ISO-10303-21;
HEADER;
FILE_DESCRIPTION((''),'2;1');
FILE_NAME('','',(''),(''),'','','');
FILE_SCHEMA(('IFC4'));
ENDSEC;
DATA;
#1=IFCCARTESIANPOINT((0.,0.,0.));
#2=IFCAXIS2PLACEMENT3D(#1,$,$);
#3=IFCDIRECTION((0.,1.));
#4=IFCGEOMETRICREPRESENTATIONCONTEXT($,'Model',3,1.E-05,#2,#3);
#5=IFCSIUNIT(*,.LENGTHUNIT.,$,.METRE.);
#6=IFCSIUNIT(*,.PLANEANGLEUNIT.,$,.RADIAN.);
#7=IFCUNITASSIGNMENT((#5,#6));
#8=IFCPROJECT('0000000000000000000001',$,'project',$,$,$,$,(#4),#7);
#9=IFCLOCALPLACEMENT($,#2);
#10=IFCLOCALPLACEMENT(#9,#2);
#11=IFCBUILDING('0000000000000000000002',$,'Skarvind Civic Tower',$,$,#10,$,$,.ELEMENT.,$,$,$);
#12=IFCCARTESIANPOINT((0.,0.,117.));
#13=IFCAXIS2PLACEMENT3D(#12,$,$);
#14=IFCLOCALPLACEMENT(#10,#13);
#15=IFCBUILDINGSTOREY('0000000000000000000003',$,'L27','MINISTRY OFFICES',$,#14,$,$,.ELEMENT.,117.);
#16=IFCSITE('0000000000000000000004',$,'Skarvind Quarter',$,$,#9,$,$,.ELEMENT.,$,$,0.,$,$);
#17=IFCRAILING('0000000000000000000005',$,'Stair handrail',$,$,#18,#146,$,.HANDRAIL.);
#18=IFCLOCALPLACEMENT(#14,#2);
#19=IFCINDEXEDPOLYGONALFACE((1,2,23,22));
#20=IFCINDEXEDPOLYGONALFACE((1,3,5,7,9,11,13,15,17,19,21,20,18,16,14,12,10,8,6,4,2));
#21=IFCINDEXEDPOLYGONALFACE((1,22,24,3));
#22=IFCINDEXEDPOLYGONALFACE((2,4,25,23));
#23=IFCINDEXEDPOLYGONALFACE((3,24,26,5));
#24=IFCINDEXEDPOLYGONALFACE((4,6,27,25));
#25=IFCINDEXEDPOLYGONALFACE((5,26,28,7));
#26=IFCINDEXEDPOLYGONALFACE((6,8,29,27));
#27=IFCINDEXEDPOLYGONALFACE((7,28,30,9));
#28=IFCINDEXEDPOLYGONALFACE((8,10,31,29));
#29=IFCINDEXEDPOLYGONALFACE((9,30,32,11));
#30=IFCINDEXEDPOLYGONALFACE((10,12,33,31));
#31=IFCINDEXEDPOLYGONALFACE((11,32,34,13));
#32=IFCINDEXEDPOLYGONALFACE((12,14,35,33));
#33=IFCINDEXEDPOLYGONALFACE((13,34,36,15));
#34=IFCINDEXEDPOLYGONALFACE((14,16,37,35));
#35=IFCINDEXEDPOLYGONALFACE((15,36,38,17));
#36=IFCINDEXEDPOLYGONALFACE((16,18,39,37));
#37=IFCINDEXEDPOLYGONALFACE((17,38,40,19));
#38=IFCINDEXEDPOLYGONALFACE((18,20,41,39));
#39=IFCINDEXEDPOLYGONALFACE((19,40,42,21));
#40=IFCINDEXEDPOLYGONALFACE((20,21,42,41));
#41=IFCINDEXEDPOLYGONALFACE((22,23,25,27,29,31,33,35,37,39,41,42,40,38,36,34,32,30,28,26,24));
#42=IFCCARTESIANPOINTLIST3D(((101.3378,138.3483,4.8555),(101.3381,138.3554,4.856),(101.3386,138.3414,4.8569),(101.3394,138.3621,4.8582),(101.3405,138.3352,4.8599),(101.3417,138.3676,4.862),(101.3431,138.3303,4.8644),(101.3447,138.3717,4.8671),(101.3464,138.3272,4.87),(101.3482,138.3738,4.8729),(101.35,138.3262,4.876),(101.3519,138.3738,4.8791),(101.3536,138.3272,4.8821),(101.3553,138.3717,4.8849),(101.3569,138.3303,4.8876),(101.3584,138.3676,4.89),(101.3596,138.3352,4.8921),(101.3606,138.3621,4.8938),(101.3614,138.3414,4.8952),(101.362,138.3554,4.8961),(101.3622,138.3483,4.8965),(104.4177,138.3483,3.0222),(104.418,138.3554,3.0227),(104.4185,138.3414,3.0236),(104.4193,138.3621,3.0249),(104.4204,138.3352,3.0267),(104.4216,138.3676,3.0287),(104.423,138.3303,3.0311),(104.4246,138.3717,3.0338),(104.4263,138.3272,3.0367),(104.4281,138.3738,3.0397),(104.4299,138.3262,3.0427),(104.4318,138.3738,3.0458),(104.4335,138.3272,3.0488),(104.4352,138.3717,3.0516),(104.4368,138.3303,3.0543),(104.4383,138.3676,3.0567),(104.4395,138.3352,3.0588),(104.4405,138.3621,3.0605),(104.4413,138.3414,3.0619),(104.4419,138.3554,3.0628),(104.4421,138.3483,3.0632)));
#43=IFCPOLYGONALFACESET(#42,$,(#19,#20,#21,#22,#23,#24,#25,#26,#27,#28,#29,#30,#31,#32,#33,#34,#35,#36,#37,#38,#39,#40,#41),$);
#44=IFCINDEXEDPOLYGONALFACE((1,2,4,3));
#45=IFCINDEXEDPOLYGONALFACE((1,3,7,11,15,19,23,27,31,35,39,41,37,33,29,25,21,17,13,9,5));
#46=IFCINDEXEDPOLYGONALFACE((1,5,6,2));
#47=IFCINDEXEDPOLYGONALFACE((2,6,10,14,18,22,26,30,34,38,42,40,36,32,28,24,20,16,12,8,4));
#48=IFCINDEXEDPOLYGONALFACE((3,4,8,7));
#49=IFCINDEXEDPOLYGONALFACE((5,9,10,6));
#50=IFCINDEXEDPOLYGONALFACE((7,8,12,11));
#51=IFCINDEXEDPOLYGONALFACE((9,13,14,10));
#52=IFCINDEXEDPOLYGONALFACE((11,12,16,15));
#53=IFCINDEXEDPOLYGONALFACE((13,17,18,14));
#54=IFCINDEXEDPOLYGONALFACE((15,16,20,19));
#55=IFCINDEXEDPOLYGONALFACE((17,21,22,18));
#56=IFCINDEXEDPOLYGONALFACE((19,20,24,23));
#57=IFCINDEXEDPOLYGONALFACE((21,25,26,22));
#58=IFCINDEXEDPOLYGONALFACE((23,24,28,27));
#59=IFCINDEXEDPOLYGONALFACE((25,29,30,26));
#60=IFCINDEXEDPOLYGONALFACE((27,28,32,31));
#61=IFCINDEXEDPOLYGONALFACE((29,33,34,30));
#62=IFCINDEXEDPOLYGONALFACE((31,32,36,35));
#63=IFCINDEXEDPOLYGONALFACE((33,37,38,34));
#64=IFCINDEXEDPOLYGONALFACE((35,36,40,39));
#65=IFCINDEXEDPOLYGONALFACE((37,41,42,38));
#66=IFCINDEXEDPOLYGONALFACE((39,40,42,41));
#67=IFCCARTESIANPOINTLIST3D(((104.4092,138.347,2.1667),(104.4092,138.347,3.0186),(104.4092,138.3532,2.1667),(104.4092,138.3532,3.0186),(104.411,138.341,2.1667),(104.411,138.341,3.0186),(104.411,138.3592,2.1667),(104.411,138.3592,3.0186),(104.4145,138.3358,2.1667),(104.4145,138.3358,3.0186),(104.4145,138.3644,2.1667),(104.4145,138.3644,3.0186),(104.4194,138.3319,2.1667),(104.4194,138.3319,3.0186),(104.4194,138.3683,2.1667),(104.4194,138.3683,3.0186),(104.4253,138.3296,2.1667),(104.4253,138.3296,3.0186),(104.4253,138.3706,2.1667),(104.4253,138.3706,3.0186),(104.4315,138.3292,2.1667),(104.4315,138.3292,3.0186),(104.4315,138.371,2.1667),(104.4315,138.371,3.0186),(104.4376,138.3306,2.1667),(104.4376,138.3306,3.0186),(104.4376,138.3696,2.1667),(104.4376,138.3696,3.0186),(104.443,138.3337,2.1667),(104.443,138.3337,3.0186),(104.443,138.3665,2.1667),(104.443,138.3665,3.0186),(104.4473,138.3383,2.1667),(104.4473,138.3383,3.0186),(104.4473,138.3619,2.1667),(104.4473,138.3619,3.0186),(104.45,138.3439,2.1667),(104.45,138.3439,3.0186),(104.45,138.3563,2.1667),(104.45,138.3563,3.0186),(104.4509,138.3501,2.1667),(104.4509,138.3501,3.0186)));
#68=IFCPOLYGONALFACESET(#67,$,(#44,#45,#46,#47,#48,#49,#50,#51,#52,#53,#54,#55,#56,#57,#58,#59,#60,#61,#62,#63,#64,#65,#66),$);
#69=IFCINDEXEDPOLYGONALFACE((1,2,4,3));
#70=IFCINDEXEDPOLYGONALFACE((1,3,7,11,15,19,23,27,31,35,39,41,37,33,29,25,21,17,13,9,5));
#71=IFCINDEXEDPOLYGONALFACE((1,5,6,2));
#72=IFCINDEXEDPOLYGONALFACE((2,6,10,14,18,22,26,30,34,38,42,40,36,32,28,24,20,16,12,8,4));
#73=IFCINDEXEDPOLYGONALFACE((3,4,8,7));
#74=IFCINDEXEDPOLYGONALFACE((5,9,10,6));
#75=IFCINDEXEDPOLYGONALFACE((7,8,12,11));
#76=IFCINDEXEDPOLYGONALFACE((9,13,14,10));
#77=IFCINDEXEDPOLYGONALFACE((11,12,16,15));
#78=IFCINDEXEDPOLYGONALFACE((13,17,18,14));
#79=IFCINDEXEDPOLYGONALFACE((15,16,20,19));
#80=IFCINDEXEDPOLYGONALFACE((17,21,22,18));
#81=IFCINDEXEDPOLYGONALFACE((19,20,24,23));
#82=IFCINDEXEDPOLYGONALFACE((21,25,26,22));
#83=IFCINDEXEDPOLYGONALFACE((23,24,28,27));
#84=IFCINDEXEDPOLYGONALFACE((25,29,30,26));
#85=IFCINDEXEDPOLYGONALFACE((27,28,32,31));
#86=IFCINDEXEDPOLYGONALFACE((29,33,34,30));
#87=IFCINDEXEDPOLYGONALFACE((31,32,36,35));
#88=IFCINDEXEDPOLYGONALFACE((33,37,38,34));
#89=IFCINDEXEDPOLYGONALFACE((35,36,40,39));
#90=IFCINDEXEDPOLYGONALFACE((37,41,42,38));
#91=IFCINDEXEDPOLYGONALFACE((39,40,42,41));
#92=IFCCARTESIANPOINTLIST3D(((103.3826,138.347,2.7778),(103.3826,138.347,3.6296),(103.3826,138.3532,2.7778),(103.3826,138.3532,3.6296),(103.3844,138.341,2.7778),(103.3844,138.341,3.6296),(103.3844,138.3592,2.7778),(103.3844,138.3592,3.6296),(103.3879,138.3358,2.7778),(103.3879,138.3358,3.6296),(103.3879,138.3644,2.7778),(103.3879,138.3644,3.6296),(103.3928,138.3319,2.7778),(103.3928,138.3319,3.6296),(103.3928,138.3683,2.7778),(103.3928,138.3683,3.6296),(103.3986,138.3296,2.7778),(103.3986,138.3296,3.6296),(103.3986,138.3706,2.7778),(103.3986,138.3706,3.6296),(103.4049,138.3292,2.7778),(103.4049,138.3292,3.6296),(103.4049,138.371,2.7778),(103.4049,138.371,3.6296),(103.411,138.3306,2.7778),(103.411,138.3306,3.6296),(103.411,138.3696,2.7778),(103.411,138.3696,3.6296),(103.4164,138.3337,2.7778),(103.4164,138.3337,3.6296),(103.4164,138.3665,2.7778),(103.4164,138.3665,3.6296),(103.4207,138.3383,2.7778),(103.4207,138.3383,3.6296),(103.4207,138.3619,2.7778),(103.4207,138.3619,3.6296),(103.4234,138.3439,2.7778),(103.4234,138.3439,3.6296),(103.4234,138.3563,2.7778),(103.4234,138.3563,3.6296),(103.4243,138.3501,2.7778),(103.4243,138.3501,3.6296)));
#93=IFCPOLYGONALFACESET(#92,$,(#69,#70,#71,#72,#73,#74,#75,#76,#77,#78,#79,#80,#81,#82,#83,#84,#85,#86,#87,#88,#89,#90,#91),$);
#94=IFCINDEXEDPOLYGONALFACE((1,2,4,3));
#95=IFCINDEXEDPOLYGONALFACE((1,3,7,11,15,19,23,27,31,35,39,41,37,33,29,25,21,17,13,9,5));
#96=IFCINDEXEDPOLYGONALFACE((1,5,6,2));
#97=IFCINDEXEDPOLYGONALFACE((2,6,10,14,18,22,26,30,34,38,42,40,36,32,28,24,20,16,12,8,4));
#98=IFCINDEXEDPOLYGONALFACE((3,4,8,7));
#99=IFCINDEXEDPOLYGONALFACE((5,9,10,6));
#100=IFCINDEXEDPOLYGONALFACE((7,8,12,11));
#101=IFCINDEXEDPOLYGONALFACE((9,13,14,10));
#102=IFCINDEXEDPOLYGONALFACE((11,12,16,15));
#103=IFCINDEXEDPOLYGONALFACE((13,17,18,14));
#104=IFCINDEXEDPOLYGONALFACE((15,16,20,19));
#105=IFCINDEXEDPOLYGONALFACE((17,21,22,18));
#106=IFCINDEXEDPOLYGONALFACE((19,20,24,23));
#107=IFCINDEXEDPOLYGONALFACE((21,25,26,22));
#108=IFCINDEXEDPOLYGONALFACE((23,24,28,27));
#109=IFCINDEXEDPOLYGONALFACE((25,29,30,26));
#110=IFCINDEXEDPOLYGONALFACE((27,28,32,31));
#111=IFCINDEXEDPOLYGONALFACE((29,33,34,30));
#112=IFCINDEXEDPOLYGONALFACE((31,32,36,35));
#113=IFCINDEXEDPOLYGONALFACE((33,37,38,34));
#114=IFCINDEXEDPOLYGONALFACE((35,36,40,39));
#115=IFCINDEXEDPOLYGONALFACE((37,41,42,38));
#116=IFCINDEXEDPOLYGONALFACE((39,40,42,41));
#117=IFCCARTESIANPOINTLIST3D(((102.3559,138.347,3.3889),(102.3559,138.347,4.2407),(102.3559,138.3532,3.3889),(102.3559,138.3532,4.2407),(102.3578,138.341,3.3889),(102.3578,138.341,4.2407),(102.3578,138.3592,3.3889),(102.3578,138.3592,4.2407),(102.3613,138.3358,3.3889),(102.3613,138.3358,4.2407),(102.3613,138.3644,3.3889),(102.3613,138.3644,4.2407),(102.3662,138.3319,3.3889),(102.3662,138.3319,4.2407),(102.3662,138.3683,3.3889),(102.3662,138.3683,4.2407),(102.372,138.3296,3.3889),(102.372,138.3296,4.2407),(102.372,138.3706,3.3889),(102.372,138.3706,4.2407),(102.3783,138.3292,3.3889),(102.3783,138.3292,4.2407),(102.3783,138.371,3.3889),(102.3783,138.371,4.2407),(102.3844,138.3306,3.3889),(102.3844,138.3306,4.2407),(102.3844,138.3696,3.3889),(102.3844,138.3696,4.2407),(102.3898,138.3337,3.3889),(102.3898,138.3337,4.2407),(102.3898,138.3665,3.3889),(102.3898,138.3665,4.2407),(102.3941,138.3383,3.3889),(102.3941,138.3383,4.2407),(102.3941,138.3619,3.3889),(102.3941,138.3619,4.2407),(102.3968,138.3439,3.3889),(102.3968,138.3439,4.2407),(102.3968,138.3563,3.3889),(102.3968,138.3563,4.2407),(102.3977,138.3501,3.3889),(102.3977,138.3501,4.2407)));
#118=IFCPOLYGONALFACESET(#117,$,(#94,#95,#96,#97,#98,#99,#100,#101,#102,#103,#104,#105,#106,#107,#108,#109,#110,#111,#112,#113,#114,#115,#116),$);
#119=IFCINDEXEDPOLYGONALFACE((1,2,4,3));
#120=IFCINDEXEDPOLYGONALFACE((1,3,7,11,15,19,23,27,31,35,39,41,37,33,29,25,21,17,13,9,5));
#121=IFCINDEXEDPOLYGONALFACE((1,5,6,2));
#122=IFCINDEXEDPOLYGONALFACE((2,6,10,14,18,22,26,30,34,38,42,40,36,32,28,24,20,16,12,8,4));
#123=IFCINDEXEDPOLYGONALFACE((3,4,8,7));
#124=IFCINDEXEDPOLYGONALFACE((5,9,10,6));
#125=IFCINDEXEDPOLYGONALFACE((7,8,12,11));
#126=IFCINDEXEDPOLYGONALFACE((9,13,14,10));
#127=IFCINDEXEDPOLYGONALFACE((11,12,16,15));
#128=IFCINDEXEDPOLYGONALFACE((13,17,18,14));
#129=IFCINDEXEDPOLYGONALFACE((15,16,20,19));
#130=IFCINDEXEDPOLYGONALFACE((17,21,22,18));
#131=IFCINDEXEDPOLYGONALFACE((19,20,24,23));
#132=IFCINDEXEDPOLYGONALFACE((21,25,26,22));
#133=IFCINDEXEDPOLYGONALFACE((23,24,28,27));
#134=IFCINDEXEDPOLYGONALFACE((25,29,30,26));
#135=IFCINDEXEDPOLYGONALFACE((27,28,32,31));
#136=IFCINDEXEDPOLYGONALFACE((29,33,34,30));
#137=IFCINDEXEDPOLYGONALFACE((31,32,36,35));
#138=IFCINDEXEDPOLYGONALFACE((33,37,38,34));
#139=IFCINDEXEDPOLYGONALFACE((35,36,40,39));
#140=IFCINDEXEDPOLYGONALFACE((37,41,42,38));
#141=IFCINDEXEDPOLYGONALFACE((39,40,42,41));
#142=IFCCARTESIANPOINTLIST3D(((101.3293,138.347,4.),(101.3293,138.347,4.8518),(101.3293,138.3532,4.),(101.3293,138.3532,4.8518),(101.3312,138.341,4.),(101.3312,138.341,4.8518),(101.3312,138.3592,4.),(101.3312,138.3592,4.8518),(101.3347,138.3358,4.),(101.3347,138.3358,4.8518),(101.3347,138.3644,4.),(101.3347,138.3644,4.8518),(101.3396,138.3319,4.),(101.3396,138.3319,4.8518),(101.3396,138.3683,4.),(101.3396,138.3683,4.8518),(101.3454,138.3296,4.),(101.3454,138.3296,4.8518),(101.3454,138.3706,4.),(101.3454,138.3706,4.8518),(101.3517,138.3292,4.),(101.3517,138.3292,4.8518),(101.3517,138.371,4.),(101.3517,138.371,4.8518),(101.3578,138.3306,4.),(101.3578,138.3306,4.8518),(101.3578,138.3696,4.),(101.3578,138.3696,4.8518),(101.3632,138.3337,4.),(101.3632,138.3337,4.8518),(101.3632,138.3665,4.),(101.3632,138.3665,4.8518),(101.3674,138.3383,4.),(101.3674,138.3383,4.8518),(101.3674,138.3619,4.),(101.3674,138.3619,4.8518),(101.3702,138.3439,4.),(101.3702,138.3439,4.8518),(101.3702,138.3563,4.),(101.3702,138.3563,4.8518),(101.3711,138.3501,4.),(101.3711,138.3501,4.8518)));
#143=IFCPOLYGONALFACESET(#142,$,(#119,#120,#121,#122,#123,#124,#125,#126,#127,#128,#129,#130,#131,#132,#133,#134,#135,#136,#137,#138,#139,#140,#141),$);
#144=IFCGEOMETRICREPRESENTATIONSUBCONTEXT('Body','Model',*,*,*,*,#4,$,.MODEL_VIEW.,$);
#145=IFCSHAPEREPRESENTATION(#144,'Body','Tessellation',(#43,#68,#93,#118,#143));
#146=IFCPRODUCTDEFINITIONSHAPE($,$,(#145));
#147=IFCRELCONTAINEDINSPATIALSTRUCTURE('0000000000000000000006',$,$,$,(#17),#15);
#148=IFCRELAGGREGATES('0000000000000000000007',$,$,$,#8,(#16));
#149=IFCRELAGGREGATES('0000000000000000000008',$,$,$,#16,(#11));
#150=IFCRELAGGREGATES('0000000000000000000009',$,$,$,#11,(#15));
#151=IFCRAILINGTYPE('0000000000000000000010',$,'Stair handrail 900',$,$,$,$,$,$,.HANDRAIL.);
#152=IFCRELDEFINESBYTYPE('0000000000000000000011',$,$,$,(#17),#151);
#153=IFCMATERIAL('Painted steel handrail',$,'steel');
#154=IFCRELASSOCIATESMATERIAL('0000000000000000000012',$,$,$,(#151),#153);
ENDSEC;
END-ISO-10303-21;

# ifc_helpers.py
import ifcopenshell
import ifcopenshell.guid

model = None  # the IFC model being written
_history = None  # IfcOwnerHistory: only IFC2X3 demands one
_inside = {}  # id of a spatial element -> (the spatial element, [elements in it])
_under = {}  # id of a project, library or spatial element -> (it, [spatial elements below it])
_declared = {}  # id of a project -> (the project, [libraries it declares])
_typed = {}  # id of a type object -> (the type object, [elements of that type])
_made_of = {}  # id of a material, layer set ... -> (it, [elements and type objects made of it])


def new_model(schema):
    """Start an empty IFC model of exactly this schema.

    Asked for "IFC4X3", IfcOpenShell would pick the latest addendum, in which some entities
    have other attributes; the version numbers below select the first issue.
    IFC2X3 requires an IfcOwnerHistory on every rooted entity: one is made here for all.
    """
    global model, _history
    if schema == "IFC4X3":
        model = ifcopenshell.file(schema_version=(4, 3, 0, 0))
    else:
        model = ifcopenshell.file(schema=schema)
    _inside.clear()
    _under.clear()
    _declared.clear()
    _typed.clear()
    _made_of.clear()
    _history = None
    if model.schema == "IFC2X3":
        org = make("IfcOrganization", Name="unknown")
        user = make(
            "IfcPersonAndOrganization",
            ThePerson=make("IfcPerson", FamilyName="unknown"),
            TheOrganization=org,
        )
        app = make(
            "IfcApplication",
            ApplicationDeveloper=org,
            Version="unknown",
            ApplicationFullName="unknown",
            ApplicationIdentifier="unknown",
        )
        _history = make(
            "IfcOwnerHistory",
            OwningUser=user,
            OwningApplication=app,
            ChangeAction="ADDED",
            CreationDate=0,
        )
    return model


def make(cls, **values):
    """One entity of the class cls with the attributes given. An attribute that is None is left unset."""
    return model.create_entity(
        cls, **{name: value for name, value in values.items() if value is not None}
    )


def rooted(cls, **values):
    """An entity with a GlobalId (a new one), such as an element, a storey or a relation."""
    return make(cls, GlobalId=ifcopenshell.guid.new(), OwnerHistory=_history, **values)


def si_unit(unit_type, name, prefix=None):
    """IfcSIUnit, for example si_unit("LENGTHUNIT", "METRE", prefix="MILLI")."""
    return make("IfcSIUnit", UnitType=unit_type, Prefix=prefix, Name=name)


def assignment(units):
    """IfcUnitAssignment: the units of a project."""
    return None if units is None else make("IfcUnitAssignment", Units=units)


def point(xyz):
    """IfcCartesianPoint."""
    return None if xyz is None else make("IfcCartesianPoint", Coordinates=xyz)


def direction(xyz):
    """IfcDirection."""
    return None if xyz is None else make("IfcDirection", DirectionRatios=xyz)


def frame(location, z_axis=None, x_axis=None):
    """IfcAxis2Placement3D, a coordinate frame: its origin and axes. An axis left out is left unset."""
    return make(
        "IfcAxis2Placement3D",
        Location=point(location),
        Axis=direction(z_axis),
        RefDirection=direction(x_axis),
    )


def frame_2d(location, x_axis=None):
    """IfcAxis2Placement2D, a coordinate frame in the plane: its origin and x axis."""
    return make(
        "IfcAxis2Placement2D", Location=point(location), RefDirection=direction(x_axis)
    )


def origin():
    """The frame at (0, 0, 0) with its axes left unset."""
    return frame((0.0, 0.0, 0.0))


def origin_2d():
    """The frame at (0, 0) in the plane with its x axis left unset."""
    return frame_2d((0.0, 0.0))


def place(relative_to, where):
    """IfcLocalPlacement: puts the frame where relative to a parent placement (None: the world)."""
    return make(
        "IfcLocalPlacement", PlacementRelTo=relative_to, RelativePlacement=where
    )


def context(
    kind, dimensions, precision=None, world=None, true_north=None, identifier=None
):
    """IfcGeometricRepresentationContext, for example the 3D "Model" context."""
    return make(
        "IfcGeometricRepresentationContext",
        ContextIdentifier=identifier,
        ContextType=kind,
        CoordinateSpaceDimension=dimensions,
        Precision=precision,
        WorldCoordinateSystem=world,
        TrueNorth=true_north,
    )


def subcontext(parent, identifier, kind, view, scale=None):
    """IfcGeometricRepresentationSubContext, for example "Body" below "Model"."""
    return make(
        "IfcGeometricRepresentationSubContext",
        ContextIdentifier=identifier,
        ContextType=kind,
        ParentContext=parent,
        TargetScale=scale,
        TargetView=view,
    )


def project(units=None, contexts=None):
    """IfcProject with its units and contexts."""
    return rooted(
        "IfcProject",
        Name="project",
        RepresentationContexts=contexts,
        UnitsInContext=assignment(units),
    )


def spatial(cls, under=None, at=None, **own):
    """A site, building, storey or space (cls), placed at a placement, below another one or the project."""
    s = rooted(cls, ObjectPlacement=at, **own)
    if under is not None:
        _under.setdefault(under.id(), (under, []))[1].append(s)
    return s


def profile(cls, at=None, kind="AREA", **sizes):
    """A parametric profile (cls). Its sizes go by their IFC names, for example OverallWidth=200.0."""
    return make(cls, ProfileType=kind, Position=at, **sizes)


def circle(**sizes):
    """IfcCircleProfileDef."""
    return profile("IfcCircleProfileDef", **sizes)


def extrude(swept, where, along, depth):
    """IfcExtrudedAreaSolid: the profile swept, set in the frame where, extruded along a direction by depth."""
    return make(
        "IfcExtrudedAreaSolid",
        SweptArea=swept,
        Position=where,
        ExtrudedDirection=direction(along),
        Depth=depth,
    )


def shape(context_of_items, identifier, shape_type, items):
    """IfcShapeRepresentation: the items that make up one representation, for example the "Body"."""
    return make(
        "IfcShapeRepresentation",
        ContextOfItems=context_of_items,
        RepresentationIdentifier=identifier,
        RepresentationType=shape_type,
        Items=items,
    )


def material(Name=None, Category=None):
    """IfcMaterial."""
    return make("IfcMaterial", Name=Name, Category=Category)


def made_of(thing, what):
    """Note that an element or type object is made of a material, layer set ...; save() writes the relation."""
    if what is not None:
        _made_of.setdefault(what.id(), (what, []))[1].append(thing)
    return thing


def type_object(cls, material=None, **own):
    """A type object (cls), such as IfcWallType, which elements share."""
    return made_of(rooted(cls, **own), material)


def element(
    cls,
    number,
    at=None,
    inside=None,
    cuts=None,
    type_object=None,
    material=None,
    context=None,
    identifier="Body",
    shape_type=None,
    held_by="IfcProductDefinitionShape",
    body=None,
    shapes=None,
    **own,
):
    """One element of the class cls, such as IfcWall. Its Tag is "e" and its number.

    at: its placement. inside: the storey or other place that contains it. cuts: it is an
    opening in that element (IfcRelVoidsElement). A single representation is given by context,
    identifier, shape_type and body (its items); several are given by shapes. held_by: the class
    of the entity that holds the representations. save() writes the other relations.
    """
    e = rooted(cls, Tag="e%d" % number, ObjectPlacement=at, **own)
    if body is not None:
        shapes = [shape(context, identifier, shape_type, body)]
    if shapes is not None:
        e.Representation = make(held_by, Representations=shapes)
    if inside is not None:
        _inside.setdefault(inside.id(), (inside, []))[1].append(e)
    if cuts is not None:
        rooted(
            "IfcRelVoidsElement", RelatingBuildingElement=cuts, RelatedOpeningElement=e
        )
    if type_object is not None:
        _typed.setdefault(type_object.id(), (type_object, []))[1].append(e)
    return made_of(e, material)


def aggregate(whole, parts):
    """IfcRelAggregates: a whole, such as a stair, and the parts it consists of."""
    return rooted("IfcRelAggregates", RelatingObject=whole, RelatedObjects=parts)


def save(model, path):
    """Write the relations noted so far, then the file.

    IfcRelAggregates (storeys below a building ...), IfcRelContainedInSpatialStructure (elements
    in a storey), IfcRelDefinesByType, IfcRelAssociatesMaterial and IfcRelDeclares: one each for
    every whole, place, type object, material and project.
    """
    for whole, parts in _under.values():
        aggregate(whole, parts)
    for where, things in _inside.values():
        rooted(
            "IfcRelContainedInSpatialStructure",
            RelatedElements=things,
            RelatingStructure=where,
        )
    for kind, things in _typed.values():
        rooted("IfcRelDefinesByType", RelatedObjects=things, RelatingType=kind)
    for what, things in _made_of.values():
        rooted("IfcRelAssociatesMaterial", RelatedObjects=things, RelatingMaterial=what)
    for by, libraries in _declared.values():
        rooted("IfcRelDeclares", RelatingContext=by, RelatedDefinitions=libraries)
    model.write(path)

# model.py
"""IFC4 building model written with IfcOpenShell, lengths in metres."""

from ifc_helpers import new_model, si_unit, direction, frame, origin, origin_2d, place, context, subcontext, project, spatial, circle, extrude, material, type_object, element, save


model = new_model("IFC4")

# Units and contexts
model_context = context("Model", 3, precision=1e-05, world=origin(), true_north=direction((0.0, 1.0)))
body_context = subcontext(model_context, "Body", "Model", "MODEL_VIEW")
ifc_project = project(units=[si_unit("LENGTHUNIT", "METRE"), si_unit("PLANEANGLEUNIT", "RADIAN")], contexts=[model_context])

# Site, building, storey
site_placement = place(None, origin())
site = spatial("IfcSite", under=ifc_project, at=site_placement, Name="Skarvind Quarter", CompositionType="ELEMENT", RefElevation=0.0)
building_placement = place(site_placement, origin())
building = spatial("IfcBuilding", under=site, at=building_placement, Name="Skarvind Civic Tower", CompositionType="ELEMENT")
storey_placement = place(building_placement, frame((0.0, 0.0, 117.0)))
storey = spatial("IfcBuildingStorey", under=building, at=storey_placement, Name="L27", Description="MINISTRY OFFICES", CompositionType="ELEMENT", Elevation=117.0)

# Railing
ifc_material_1 = material(Name="Painted steel handrail", Category="steel")
railing_type = type_object("IfcRailingType", Name="Stair handrail 900", PredefinedType="HANDRAIL", material=ifc_material_1)
railing_1_placement = place(storey_placement, frame((104.4299, 138.3501, 2.1667)))
element("IfcRailing", 1, at=railing_1_placement, inside=storey, type_object=railing_type, Name="Stair handrail", PredefinedType="HANDRAIL", context=body_context, shape_type="SweptSolid", body=[
    extrude(circle(Radius=0.0239, at=origin_2d()), frame((0.0, 0.0, 0.876), z_axis=(-0.859291, 0.0, 0.511487), x_axis=(0.0, -1.0, 0.0)), (0.0, 0.0, 1.0), 3.5842),
    extrude(circle(Radius=0.021, at=origin_2d()), origin(), (0.0, 0.0, 1.0), 0.8518),
    extrude(circle(Radius=0.021, at=origin_2d()), frame((-1.0266, 0.0, 0.6111)), (0.0, 0.0, 1.0), 0.8518),
    extrude(circle(Radius=0.021, at=origin_2d()), frame((-2.0532, 0.0, 1.2222)), (0.0, 0.0, 1.0), 0.8518),
    extrude(circle(Radius=0.021, at=origin_2d()), frame((-3.0798, 0.0, 1.8333)), (0.0, 0.0, 1.0), 0.8518),
])

save(model, "model.ifc")
